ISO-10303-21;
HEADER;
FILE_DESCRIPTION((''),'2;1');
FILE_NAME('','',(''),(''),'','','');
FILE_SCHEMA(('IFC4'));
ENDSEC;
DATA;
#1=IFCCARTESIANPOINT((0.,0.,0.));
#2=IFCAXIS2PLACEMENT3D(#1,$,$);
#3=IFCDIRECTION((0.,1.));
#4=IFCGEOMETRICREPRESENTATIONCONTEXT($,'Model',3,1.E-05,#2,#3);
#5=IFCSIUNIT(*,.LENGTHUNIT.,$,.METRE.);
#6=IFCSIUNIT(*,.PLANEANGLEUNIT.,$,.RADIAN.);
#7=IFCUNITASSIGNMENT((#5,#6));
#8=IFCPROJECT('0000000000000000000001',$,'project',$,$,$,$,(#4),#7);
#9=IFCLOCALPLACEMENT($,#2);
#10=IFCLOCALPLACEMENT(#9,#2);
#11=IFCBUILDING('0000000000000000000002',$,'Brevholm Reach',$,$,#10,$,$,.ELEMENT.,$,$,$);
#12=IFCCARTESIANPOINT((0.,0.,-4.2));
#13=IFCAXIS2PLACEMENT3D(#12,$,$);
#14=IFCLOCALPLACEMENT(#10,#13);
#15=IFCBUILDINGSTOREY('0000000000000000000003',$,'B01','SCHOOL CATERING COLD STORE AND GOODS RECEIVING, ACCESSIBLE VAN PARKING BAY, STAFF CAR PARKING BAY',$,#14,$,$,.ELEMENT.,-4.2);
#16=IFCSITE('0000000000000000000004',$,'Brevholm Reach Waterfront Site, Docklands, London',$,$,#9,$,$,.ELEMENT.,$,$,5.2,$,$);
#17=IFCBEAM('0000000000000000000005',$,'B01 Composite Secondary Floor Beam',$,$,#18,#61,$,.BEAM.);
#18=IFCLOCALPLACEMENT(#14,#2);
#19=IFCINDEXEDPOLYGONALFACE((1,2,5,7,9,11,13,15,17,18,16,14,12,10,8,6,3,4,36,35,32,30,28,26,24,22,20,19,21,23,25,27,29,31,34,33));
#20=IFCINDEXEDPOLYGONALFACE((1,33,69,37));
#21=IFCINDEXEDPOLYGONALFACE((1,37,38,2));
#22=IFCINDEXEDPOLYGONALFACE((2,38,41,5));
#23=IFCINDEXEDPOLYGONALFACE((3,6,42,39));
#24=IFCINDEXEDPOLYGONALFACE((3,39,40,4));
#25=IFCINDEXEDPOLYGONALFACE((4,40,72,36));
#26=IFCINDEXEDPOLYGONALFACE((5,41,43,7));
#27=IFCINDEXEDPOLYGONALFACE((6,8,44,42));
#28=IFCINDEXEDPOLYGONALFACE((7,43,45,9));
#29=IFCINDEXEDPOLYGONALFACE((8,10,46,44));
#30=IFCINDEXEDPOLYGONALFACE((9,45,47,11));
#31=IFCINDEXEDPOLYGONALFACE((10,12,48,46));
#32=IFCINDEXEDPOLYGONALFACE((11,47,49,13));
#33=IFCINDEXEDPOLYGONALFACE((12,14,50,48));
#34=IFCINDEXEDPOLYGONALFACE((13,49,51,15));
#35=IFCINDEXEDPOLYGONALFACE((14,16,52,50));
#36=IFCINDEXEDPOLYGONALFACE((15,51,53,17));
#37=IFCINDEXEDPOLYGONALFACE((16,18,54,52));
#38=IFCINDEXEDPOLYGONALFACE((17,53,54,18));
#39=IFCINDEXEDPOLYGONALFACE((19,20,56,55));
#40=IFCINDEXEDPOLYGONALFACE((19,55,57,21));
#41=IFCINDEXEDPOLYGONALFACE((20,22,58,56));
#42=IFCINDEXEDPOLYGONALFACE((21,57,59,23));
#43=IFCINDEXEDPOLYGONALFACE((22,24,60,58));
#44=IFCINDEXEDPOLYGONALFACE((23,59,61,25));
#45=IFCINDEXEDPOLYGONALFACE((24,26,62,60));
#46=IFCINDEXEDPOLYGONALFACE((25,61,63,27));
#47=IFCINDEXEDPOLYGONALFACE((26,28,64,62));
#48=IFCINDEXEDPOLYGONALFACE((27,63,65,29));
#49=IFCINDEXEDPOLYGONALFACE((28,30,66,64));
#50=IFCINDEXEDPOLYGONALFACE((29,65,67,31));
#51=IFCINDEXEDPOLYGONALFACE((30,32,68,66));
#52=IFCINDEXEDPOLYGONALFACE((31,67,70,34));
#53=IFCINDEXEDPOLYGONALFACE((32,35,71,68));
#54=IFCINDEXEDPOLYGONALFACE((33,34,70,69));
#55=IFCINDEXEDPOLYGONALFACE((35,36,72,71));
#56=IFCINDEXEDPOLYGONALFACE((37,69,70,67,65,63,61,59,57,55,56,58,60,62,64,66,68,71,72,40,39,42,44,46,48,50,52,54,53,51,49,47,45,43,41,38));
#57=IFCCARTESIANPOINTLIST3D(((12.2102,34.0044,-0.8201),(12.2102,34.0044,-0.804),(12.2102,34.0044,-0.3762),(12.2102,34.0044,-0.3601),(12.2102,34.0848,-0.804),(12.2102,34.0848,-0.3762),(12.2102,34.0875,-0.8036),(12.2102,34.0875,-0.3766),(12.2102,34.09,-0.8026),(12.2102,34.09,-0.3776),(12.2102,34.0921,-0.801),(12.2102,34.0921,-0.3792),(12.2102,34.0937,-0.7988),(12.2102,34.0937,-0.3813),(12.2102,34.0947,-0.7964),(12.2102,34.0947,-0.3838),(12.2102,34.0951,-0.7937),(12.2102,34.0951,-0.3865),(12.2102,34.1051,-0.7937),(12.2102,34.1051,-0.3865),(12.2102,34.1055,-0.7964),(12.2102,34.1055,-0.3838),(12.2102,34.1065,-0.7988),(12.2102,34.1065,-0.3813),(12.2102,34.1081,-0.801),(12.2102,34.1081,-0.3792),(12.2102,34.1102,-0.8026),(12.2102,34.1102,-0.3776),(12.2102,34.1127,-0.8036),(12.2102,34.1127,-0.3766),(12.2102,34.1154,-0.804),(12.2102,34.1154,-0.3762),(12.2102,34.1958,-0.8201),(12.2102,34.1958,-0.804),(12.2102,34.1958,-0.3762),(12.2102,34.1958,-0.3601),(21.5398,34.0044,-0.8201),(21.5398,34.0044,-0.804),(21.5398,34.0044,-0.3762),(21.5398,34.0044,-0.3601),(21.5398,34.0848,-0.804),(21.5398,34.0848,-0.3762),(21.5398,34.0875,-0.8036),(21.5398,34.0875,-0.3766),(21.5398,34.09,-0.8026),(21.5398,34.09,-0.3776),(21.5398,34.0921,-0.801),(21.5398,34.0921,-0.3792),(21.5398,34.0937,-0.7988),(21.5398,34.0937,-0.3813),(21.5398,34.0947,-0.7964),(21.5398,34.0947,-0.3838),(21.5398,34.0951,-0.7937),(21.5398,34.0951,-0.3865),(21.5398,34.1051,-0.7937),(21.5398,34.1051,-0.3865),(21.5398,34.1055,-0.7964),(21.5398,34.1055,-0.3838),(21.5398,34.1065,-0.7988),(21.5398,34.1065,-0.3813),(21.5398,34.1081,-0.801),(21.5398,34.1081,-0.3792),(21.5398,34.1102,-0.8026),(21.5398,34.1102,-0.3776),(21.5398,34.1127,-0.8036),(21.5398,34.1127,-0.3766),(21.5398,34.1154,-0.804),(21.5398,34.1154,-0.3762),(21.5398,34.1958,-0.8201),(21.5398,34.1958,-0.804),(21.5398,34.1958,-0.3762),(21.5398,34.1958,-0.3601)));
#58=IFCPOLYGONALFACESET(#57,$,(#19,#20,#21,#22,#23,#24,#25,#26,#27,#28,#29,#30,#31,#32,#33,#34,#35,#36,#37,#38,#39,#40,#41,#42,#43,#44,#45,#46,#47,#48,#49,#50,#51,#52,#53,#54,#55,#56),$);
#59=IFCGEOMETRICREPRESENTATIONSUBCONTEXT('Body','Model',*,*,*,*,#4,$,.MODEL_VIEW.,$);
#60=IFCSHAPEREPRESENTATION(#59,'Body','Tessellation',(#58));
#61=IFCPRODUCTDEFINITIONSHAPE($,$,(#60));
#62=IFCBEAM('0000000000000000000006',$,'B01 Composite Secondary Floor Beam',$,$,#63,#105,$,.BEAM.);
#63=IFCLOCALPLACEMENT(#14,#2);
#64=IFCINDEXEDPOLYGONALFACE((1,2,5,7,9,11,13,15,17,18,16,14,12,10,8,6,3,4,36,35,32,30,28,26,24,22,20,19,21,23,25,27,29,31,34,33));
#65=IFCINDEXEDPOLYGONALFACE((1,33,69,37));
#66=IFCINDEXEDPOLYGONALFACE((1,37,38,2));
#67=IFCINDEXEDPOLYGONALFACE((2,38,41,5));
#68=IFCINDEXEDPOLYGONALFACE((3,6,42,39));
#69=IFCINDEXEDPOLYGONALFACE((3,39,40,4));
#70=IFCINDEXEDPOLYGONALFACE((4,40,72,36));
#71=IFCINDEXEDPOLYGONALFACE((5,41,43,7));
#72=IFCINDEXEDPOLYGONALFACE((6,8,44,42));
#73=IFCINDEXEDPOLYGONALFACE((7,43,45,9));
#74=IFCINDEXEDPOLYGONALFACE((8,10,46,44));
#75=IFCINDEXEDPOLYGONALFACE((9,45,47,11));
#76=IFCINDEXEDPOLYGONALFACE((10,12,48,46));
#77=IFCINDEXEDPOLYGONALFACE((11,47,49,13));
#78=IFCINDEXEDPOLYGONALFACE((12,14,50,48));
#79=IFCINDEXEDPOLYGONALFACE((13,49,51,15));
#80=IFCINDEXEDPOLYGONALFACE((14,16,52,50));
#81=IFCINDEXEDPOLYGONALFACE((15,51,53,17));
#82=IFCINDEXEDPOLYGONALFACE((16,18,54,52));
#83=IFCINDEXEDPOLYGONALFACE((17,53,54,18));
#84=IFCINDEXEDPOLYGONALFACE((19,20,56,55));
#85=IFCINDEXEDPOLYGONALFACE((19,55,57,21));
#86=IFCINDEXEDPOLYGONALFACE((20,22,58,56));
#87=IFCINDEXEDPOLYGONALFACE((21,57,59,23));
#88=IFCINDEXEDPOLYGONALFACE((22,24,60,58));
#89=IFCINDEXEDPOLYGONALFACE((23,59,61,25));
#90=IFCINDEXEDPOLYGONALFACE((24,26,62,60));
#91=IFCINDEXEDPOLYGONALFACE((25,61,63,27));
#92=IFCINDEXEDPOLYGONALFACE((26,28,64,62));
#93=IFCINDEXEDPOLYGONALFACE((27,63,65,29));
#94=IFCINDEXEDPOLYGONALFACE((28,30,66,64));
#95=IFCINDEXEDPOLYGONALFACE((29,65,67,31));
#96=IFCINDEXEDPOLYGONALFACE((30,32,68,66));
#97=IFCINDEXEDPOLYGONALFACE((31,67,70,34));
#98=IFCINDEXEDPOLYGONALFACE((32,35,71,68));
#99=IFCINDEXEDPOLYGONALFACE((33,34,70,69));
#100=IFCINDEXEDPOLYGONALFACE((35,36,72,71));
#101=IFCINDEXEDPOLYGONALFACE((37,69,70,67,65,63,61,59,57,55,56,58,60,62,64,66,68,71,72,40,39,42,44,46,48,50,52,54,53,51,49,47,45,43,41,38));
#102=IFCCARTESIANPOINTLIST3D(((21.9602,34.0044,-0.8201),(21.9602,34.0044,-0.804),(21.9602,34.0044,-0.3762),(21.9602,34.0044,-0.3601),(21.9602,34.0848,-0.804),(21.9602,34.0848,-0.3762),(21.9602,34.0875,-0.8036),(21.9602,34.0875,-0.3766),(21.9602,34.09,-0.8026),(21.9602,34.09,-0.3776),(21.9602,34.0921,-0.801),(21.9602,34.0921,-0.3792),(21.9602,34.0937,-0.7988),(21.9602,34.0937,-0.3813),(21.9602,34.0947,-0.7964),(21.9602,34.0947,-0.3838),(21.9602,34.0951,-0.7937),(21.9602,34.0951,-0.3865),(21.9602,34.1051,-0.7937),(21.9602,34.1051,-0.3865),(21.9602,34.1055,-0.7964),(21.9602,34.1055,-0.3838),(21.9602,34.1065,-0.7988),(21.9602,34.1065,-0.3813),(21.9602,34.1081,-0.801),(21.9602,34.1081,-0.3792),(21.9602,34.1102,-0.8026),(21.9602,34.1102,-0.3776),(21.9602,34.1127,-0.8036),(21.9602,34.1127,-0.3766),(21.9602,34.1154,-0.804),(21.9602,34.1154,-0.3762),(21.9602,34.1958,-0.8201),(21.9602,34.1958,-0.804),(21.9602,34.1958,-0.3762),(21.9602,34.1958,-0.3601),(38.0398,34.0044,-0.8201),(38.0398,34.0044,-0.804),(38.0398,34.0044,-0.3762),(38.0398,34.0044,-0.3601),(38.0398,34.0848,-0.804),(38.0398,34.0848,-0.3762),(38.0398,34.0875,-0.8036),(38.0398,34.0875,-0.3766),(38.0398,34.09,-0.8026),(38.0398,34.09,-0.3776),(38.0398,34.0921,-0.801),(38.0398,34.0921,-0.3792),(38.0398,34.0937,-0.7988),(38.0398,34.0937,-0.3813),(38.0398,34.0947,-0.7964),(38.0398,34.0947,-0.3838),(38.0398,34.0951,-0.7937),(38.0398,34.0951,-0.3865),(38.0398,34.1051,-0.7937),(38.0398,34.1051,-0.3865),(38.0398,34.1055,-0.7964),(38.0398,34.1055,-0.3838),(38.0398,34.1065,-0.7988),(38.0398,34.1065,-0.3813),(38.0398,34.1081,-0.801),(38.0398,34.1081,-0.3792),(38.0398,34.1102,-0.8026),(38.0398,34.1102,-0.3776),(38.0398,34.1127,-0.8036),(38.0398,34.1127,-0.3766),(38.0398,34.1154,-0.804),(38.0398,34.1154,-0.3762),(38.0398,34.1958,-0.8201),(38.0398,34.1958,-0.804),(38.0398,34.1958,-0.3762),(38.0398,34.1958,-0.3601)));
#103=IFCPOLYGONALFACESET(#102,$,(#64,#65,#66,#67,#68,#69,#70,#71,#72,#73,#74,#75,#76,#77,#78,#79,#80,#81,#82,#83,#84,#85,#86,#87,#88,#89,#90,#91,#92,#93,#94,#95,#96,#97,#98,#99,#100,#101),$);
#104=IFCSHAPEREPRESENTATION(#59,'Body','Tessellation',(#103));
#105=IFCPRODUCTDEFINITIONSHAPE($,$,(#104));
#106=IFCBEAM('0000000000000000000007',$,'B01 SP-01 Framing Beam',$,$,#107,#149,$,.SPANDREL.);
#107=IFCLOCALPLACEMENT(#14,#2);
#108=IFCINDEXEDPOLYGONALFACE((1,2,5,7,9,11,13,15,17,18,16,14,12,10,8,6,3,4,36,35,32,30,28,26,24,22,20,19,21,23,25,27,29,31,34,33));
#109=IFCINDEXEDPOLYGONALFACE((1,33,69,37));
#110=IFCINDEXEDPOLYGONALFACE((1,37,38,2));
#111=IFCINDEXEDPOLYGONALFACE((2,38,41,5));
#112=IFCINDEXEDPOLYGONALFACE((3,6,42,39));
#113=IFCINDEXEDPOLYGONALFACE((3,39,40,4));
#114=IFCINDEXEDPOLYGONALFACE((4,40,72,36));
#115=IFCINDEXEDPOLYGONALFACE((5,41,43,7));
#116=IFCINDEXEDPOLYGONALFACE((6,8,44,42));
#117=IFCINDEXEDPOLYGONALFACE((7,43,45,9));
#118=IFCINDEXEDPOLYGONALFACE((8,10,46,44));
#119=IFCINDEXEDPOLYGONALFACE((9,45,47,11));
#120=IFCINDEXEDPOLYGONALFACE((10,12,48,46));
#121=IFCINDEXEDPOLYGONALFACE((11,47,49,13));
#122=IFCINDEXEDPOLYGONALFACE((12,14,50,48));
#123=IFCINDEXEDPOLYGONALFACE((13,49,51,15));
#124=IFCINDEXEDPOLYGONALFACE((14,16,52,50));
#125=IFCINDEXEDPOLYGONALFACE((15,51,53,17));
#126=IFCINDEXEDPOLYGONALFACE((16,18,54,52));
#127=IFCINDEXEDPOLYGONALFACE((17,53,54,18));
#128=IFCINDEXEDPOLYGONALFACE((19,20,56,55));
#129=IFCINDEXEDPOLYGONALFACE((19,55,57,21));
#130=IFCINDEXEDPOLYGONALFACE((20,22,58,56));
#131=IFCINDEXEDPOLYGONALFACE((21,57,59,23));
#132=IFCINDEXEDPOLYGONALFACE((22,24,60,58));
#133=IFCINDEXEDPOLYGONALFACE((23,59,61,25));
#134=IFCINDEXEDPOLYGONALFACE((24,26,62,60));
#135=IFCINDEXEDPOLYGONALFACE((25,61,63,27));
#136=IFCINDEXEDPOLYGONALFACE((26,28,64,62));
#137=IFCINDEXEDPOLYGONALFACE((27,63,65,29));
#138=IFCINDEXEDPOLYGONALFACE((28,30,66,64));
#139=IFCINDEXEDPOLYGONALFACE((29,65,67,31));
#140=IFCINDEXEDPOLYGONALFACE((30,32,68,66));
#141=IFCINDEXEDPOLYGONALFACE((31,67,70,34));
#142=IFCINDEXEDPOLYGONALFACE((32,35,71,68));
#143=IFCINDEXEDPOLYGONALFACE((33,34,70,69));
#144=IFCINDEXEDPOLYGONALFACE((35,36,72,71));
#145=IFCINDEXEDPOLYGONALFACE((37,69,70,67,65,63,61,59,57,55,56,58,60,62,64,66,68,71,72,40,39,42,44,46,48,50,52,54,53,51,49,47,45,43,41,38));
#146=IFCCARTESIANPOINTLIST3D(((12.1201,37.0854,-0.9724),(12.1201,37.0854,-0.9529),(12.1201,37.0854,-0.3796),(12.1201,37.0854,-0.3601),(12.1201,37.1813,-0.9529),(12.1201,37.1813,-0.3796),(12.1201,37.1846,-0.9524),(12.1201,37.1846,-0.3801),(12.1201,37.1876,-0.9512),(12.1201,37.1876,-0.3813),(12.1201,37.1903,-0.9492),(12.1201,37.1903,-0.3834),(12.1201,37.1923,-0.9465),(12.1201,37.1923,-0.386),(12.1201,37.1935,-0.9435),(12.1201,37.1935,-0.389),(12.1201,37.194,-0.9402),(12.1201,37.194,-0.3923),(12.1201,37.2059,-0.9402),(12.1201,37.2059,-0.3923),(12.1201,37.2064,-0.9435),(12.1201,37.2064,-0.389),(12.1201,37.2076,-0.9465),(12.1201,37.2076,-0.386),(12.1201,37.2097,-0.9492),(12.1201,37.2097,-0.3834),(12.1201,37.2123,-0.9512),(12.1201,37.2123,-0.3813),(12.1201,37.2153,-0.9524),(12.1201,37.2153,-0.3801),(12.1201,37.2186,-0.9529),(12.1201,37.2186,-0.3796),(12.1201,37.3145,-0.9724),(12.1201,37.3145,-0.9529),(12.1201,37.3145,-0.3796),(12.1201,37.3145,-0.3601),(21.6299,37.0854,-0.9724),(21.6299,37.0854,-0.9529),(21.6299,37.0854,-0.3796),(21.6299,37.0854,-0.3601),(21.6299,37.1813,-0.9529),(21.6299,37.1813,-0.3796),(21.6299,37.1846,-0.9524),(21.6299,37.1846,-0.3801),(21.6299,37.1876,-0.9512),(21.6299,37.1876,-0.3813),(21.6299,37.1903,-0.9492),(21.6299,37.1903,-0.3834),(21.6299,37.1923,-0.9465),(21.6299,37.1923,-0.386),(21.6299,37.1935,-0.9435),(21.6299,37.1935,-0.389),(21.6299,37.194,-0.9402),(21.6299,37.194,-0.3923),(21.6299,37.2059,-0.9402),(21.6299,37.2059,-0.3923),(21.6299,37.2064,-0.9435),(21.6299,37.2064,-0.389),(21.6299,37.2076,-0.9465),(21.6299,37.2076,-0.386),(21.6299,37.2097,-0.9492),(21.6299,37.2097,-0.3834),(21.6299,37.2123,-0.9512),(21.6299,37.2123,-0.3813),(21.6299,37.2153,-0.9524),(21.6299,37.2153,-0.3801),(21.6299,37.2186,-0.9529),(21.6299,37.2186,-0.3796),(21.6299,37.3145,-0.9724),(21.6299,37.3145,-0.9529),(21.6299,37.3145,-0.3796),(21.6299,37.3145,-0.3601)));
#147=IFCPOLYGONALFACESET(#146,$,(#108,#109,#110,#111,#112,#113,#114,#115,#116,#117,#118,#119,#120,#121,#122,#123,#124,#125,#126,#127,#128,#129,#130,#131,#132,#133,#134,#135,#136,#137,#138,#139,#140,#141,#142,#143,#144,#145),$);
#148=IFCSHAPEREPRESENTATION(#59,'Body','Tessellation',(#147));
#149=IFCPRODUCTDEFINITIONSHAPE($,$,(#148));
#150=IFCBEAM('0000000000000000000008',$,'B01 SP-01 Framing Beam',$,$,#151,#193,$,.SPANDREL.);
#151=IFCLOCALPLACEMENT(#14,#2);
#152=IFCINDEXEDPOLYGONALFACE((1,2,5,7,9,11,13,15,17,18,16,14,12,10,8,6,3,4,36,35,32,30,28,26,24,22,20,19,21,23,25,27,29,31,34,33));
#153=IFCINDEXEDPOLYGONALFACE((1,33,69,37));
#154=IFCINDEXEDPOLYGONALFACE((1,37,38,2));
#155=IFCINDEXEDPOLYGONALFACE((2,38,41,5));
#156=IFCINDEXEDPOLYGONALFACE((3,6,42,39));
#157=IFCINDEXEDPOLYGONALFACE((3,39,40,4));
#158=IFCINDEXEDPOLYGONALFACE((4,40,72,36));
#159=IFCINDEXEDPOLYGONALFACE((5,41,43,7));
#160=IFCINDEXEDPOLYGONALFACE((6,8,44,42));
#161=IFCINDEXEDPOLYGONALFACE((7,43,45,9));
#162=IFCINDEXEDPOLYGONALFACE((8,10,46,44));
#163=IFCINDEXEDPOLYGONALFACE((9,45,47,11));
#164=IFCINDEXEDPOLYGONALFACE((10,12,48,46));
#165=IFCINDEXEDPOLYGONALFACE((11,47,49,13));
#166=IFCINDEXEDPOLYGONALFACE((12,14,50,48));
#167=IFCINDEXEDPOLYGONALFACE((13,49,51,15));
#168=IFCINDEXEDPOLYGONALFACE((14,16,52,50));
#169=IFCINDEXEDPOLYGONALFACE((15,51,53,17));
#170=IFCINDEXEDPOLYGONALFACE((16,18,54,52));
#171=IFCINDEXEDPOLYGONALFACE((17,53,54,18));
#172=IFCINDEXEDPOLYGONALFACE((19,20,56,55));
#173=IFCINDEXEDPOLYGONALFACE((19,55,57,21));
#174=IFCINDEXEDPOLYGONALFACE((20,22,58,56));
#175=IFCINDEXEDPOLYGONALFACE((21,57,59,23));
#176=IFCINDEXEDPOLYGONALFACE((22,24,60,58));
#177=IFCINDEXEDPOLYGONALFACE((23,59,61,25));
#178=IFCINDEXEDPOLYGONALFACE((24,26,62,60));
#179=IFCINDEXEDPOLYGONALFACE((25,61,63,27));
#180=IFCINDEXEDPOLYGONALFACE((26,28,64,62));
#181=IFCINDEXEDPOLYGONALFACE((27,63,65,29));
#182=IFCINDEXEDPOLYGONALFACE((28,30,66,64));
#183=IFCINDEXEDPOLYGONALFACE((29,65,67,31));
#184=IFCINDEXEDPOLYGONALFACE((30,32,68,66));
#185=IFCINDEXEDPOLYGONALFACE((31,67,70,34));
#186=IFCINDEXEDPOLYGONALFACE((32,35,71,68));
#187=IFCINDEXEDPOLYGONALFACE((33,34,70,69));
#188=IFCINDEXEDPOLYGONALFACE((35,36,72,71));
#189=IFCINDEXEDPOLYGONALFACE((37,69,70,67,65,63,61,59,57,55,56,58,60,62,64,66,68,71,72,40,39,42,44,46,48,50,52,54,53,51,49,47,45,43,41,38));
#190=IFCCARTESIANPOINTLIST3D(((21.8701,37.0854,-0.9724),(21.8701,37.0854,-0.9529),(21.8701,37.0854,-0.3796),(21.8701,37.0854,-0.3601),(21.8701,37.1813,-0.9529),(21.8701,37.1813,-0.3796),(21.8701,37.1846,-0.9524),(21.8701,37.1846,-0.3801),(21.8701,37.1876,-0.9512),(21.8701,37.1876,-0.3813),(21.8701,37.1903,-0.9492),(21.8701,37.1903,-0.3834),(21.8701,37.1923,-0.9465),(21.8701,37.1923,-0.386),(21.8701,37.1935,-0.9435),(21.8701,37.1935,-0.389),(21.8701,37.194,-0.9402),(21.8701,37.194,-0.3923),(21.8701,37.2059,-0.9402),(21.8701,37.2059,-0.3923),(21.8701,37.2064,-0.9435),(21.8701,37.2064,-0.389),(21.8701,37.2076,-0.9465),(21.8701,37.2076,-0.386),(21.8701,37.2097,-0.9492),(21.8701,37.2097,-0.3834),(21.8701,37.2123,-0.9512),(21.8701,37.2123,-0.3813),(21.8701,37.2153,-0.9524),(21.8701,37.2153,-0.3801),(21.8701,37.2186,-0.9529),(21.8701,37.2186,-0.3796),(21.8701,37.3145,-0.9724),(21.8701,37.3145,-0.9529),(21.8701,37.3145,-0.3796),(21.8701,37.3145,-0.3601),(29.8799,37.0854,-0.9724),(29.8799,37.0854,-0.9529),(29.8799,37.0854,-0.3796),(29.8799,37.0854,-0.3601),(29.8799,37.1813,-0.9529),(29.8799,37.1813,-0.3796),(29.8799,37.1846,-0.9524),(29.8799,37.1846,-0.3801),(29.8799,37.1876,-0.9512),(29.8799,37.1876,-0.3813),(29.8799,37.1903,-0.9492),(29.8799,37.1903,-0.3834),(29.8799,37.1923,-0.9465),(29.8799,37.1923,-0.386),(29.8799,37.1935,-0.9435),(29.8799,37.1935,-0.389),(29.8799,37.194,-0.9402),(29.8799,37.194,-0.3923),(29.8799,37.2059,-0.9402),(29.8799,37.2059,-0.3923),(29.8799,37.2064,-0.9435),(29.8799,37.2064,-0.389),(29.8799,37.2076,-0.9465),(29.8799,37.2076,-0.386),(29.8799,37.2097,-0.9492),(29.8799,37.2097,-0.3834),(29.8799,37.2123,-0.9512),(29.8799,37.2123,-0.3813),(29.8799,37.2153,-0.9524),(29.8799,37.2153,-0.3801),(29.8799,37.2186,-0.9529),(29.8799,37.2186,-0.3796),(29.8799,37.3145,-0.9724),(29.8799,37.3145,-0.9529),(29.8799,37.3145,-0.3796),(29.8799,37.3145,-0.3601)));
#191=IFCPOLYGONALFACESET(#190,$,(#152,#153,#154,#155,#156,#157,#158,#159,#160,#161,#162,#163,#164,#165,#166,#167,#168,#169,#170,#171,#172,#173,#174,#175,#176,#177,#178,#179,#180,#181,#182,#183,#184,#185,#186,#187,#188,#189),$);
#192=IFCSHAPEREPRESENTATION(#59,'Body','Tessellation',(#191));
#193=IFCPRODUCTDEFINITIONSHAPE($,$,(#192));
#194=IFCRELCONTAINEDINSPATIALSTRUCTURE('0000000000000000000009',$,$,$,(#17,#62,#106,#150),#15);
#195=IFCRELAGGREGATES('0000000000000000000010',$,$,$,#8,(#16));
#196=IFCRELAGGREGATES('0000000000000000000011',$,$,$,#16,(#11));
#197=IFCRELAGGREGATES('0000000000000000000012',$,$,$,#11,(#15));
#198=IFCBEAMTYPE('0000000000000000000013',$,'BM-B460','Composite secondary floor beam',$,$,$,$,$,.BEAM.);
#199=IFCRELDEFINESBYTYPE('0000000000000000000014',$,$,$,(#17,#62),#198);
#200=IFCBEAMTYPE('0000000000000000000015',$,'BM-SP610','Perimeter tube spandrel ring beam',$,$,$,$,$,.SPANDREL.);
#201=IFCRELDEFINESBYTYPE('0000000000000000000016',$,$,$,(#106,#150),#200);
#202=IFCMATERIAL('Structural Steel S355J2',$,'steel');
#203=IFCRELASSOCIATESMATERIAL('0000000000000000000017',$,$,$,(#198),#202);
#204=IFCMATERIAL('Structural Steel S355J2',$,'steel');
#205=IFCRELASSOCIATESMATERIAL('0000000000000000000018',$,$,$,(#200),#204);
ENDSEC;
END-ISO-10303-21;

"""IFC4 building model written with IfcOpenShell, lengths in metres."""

from ifc_helpers import new_model, si_unit, direction, frame, origin, origin_2d, place, context, subcontext, project, spatial, i_section, extrude, material, material_profile, profile_set, type_object, element, save


model = new_model("IFC4")

# Units and contexts
model_context = context("Model", 3, precision=1e-05, world=origin(), true_north=direction((0.0, 1.0)))
body_context = subcontext(model_context, "Body", "Model", "MODEL_VIEW")
ifc_project = project(units=[si_unit("LENGTHUNIT", "METRE"), si_unit("PLANEANGLEUNIT", "RADIAN")], contexts=[model_context])

# Site, building, storey
site_placement = place(None, origin())
site = spatial("IfcSite", under=ifc_project, at=site_placement, Name="Brevholm Reach Waterfront Site, Docklands, London", CompositionType="ELEMENT", RefElevation=5.2)
building_placement = place(site_placement, origin())
building = spatial("IfcBuilding", under=site, at=building_placement, Name="Brevholm Reach", CompositionType="ELEMENT")
storey_placement = place(building_placement, frame((0.0, 0.0, -4.2)))
storey = spatial("IfcBuildingStorey", under=building, at=storey_placement, Name="B01", Description="SCHOOL CATERING COLD STORE AND GOODS RECEIVING, ACCESSIBLE VAN PARKING BAY, STAFF CAR PARKING BAY", CompositionType="ELEMENT", Elevation=-4.2)

# Beams
ifc_material_1 = material(Name="Structural Steel S355J2", Category="steel")
ifc_material_profile_1 = material_profile(ifc_material_1, i_section(OverallWidth=0.1914, OverallDepth=0.46, WebThickness=0.01, FlangeThickness=0.0161, FilletRadius=0.0103, at=origin_2d()), Name="UKB 457x191x82")
ifc_profile_set_1 = profile_set([ifc_material_profile_1], Name="Structural Steel S355J2")
beam_type_1 = type_object("IfcBeamType", Name="BM-B460", Description="Composite secondary floor beam", PredefinedType="BEAM", material=ifc_profile_set_1)
beam_1_placement = place(storey_placement, frame((12.2102, 34.1001, -0.5901), z_axis=(1.0, 0.0, 0.0), x_axis=(0.0, 1.0, 0.0)))
element("IfcBeam", 1, at=beam_1_placement, inside=storey, type_object=beam_type_1, Name="B01 Composite Secondary Floor Beam", PredefinedType="BEAM", context=body_context, shape_type="SweptSolid", body=[
    extrude(i_section(OverallWidth=0.1914, OverallDepth=0.46, WebThickness=0.01, FlangeThickness=0.0161, FilletRadius=0.0103, at=origin_2d()), origin(), (0.0, 0.0, 1.0), 9.3296),
])
beam_2_placement = place(storey_placement, frame((21.9602, 34.1001, -0.5901), z_axis=(1.0, 0.0, 0.0), x_axis=(0.0, 1.0, 0.0)))
element("IfcBeam", 2, at=beam_2_placement, inside=storey, type_object=beam_type_1, Name="B01 Composite Secondary Floor Beam", PredefinedType="BEAM", context=body_context, shape_type="SweptSolid", body=[
    extrude(i_section(OverallWidth=0.1914, OverallDepth=0.46, WebThickness=0.01, FlangeThickness=0.0161, FilletRadius=0.0103, at=origin_2d()), origin(), (0.0, 0.0, 1.0), 16.0796),
])
ifc_material_2 = material(Name="Structural Steel S355J2", Category="steel")
ifc_material_profile_2 = material_profile(ifc_material_2, i_section(OverallWidth=0.229, OverallDepth=0.6123, WebThickness=0.012, FlangeThickness=0.0195, FilletRadius=0.0127, at=origin_2d()), Name="UKB 610x229x125")
ifc_profile_set_2 = profile_set([ifc_material_profile_2], Name="Structural Steel S355J2")
beam_type_2 = type_object("IfcBeamType", Name="BM-SP610", Description="Perimeter tube spandrel ring beam", PredefinedType="SPANDREL", material=ifc_profile_set_2)
beam_3_placement = place(storey_placement, frame((12.1201, 37.2, -0.6663), z_axis=(1.0, 0.0, 0.0), x_axis=(0.0, 1.0, 0.0)))
element("IfcBeam", 3, at=beam_3_placement, inside=storey, type_object=beam_type_2, Name="B01 SP-01 Framing Beam", PredefinedType="SPANDREL", context=body_context, shape_type="SweptSolid", body=[
    extrude(i_section(OverallWidth=0.229, OverallDepth=0.6123, WebThickness=0.012, FlangeThickness=0.0195, FilletRadius=0.0127, at=origin_2d()), origin(), (0.0, 0.0, 1.0), 9.5098),
])
beam_4_placement = place(storey_placement, frame((21.8701, 37.2, -0.6663), z_axis=(1.0, 0.0, 0.0), x_axis=(0.0, 1.0, 0.0)))
element("IfcBeam", 4, at=beam_4_placement, inside=storey, type_object=beam_type_2, Name="B01 SP-01 Framing Beam", PredefinedType="SPANDREL", context=body_context, shape_type="SweptSolid", body=[
    extrude(i_section(OverallWidth=0.229, OverallDepth=0.6123, WebThickness=0.012, FlangeThickness=0.0195, FilletRadius=0.0127, at=origin_2d()), origin(), (0.0, 0.0, 1.0), 8.0098),
])

save(model, "model.ifc")
